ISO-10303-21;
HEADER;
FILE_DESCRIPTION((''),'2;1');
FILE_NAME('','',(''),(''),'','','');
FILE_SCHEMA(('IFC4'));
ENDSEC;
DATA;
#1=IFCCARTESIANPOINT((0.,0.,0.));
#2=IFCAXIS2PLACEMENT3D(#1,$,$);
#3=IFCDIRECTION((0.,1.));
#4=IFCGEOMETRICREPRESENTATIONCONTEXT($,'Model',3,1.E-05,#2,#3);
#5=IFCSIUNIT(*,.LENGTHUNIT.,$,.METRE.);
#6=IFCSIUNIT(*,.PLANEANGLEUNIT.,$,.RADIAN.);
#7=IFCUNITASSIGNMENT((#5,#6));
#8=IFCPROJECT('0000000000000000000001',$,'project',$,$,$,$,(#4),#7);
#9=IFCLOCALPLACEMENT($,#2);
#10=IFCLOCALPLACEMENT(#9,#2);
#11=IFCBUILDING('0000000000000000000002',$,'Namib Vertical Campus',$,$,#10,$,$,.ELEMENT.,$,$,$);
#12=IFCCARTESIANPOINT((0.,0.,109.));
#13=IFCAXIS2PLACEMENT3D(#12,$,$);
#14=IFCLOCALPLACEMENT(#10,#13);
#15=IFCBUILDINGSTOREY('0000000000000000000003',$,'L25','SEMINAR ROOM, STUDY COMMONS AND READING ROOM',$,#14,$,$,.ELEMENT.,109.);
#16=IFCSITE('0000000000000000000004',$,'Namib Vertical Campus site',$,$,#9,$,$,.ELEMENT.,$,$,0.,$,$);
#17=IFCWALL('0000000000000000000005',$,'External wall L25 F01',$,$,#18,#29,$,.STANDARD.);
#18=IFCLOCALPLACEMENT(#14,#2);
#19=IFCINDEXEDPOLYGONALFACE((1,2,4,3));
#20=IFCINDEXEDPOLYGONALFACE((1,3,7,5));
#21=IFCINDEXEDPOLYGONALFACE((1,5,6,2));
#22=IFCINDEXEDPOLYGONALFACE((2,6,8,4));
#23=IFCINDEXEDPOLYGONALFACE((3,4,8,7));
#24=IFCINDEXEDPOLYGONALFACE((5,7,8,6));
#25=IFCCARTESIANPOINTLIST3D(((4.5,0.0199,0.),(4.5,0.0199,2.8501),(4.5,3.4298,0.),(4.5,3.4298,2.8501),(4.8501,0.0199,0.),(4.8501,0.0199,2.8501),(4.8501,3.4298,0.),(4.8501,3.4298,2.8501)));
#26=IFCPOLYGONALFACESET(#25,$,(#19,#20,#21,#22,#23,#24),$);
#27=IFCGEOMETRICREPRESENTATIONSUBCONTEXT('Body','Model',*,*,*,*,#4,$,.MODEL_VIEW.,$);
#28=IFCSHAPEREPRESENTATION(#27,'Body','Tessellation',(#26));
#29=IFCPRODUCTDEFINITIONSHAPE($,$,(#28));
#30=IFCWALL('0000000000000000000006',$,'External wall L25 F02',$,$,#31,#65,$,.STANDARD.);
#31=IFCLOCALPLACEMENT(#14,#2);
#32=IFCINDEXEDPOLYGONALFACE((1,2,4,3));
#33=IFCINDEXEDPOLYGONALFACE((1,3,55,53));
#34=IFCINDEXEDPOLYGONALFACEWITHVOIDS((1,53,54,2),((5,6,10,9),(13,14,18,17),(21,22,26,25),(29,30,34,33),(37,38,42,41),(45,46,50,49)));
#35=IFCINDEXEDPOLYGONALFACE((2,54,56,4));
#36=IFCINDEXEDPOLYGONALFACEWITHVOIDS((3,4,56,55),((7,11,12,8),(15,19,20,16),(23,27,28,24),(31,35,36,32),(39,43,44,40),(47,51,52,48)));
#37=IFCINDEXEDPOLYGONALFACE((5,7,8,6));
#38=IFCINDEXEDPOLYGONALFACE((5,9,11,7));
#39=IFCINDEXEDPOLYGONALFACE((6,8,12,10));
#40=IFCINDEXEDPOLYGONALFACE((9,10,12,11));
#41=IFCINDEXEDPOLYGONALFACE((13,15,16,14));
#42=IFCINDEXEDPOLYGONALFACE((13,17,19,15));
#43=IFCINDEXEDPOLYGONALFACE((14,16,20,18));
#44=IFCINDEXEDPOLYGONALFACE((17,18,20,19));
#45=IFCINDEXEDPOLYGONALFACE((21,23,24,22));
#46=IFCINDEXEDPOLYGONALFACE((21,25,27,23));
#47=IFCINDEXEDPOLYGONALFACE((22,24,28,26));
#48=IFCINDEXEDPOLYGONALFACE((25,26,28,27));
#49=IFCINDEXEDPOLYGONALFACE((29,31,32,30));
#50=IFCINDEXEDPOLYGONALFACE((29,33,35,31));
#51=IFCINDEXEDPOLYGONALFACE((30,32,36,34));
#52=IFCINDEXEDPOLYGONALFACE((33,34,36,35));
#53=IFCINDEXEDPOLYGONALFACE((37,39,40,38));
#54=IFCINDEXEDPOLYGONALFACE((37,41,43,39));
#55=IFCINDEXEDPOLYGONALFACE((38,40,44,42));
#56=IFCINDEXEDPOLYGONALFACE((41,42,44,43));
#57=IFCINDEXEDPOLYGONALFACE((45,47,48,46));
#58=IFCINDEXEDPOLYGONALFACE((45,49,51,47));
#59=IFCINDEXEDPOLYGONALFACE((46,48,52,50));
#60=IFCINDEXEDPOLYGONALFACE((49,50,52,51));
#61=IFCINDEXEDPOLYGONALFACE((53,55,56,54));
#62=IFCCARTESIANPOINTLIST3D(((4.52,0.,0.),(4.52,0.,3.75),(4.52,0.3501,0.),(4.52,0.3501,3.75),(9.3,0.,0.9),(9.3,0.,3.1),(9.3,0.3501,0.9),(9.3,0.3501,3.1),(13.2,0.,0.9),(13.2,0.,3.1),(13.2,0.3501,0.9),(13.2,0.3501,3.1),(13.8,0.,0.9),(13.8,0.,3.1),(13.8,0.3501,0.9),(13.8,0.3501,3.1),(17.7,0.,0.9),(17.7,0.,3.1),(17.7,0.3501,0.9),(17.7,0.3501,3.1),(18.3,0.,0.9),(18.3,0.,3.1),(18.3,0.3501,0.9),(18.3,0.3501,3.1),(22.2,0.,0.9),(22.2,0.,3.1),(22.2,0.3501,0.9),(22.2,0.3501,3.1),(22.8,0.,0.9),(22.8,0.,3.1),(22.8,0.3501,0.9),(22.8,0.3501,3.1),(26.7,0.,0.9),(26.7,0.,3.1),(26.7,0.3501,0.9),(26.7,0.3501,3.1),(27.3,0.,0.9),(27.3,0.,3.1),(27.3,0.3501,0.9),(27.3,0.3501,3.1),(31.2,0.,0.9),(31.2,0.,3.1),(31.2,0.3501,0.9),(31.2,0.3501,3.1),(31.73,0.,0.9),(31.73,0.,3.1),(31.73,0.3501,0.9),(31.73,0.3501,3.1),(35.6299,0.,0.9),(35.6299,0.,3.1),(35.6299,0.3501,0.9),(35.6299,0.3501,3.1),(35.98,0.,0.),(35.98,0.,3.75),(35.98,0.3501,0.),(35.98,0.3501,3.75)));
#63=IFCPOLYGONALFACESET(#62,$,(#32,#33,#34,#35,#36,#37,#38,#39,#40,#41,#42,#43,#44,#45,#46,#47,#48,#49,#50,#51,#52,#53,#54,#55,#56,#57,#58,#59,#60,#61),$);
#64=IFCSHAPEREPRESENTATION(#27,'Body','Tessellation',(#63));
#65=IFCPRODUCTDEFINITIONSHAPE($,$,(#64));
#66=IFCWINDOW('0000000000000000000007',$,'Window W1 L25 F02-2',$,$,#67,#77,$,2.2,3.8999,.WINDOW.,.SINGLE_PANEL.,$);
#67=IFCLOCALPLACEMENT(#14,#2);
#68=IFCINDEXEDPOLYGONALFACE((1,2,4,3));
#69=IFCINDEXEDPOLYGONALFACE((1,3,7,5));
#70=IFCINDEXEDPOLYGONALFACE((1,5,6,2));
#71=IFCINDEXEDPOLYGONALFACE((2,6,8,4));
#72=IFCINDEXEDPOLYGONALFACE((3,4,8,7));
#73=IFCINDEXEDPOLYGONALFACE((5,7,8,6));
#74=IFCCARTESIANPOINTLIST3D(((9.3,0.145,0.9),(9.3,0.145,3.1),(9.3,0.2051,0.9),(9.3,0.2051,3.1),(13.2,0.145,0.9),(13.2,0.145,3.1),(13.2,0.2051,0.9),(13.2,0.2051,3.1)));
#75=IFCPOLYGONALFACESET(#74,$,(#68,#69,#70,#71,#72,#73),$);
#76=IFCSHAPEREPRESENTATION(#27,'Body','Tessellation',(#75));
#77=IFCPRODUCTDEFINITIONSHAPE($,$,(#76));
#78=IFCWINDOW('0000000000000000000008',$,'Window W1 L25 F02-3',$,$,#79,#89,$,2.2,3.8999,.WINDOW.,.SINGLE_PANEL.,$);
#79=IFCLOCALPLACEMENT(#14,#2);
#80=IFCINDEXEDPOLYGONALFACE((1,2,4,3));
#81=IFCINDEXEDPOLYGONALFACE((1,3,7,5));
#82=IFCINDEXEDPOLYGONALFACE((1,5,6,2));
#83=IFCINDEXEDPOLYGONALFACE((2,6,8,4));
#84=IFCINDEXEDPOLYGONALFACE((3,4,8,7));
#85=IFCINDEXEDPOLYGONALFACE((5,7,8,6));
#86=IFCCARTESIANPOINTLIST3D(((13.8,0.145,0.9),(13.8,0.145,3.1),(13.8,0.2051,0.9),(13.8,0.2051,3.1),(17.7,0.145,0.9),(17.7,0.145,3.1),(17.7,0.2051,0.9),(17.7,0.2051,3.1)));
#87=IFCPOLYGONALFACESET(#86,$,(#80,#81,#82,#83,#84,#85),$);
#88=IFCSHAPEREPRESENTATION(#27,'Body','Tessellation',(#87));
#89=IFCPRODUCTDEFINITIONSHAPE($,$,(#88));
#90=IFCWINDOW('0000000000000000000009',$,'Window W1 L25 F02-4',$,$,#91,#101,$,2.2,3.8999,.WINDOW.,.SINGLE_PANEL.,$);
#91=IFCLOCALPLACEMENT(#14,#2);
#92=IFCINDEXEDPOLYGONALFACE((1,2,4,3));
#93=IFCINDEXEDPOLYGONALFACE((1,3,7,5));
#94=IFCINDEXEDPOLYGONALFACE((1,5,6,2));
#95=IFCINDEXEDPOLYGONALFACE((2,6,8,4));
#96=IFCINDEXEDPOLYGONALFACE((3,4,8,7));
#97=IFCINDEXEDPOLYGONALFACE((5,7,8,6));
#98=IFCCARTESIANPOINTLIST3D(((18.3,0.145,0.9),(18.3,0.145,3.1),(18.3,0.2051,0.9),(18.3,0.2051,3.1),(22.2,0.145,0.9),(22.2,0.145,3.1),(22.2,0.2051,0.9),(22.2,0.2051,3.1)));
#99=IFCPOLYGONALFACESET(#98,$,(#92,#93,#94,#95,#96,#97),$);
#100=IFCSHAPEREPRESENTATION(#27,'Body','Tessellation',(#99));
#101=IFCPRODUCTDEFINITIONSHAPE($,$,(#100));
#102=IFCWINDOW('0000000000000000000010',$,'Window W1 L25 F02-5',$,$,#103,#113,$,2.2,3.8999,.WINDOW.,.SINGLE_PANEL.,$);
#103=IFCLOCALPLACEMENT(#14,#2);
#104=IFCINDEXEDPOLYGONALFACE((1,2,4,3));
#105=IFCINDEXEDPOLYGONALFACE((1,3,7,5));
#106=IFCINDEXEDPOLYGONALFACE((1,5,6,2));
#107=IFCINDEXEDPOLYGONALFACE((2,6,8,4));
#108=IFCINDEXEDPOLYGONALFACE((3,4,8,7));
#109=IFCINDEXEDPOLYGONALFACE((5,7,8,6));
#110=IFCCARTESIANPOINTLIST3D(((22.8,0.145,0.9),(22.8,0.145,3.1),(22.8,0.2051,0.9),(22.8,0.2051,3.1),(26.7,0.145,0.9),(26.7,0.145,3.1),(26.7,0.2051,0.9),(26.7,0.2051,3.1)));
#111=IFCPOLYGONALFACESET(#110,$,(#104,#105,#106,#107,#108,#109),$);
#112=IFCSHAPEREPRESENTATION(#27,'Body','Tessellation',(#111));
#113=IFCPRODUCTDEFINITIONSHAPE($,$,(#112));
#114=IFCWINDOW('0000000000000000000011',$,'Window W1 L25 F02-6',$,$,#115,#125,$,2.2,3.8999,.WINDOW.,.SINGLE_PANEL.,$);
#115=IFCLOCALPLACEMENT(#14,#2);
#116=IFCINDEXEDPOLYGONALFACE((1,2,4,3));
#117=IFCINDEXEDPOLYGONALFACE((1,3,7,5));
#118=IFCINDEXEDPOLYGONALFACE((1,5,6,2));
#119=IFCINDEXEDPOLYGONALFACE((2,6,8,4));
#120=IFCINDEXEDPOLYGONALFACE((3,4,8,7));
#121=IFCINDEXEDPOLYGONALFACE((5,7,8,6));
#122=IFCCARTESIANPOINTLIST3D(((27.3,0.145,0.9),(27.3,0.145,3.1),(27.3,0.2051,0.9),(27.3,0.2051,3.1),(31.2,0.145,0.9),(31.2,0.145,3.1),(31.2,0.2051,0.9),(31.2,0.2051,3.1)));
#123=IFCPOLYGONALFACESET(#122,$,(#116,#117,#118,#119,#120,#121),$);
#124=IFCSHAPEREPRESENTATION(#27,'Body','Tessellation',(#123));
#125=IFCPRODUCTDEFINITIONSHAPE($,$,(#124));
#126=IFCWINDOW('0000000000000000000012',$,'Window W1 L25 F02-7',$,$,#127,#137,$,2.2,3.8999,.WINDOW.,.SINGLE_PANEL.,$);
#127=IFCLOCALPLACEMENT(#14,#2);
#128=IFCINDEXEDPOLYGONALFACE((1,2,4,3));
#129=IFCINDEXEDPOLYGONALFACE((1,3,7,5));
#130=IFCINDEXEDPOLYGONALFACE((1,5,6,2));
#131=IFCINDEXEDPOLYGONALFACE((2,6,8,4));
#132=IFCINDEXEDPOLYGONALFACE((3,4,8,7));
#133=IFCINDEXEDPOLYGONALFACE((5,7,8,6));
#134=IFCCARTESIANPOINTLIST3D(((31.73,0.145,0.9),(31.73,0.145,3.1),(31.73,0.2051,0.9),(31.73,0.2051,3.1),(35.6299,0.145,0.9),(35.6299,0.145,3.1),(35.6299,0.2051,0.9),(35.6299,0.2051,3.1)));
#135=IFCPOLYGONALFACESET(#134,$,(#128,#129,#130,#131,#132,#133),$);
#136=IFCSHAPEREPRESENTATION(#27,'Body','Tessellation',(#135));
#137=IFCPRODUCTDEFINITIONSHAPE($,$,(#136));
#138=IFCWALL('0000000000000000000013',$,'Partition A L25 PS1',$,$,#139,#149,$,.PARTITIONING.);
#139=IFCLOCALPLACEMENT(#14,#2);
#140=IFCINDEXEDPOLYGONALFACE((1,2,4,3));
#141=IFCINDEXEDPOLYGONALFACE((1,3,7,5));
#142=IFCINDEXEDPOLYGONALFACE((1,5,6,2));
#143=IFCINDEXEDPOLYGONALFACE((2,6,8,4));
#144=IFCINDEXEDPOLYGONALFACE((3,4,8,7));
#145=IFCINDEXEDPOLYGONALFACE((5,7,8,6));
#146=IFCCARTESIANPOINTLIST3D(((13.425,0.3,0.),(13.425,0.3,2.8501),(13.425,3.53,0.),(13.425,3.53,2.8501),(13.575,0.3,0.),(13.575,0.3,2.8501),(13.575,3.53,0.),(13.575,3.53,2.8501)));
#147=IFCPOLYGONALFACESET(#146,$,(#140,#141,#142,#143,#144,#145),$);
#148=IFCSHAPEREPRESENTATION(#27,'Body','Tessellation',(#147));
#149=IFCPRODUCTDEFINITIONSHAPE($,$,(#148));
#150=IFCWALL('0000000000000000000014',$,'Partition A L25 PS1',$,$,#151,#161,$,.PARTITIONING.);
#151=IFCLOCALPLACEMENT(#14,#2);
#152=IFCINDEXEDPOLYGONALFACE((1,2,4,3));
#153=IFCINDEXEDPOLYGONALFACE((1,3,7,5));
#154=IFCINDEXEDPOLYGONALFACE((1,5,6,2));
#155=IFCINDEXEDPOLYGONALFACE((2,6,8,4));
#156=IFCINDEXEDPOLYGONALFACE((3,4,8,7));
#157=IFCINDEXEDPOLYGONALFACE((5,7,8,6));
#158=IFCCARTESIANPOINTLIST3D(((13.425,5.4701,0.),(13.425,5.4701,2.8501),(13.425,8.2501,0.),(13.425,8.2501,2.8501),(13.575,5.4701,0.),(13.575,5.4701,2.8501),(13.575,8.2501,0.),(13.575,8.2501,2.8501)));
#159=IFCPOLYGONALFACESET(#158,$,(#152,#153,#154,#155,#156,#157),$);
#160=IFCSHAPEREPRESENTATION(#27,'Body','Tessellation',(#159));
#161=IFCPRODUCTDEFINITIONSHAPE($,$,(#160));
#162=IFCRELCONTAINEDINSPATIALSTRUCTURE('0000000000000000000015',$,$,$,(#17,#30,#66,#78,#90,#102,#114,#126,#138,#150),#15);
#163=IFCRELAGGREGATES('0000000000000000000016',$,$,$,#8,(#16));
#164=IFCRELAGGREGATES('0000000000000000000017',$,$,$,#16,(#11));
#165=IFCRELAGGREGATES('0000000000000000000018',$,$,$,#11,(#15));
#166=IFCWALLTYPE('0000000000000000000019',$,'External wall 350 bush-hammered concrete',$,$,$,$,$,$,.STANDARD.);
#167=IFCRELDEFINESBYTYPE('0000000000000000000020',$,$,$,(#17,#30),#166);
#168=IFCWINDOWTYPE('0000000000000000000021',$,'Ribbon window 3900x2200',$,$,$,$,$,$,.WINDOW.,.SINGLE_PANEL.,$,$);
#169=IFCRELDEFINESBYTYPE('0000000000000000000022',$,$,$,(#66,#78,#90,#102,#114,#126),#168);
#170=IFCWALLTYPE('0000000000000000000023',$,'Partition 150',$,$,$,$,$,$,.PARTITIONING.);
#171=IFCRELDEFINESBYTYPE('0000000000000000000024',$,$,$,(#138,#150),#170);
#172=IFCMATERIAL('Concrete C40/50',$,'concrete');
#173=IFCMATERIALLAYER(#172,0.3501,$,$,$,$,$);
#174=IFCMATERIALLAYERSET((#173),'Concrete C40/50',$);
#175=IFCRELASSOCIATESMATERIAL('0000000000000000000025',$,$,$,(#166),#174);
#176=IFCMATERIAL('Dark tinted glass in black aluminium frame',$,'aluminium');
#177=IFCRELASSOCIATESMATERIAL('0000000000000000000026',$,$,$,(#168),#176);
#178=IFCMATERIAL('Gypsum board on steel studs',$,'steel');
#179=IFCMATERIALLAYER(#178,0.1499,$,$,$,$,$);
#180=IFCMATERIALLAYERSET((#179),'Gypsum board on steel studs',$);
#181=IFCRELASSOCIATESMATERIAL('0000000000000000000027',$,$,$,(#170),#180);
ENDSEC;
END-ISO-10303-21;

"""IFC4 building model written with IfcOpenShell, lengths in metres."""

from ifc_helpers import new_model, si_unit, direction, frame, frame_2d, origin, place, context, subcontext, project, spatial, rectangle, extrude, material, layer, layer_set, type_object, element, fill, save


model = new_model("IFC4")

# Units and contexts
model_context = context("Model", 3, precision=1e-05, world=origin(), true_north=direction((0.0, 1.0)))
body_context = subcontext(model_context, "Body", "Model", "MODEL_VIEW")
ifc_project = project(units=[si_unit("LENGTHUNIT", "METRE"), si_unit("PLANEANGLEUNIT", "RADIAN")], contexts=[model_context])

# Site, building, storey
site_placement = place(None, origin())
site = spatial("IfcSite", under=ifc_project, at=site_placement, Name="Namib Vertical Campus site", CompositionType="ELEMENT", RefElevation=0.0)
building_placement = place(site_placement, origin())
building = spatial("IfcBuilding", under=site, at=building_placement, Name="Namib Vertical Campus", CompositionType="ELEMENT")
storey_placement = place(building_placement, frame((0.0, 0.0, 109.0)))
storey = spatial("IfcBuildingStorey", under=building, at=storey_placement, Name="L25", Description="SEMINAR ROOM, STUDY COMMONS AND READING ROOM", CompositionType="ELEMENT", Elevation=109.0)

# Wall
ifc_material_1 = material(Name="Concrete C40/50", Category="concrete")
ifc_layer_1 = layer(ifc_material_1, 0.3501)
ifc_layer_set_1 = layer_set([ifc_layer_1], Name="Concrete C40/50")
wall_type_1 = type_object("IfcWallType", Name="External wall 350 bush-hammered concrete", PredefinedType="STANDARD", material=ifc_layer_set_1)
wall_1_placement = place(storey_placement, frame((4.675, 3.4299, 0.0), z_axis=(0.0, 0.0, 1.0), x_axis=(0.0, -1.0, 0.0)))
element("IfcWall", 1, at=wall_1_placement, inside=storey, type_object=wall_type_1, Name="External wall L25 F01", PredefinedType="STANDARD", context=body_context, shape_type="SweptSolid", body=[
    extrude(rectangle(XDim=3.4099, YDim=0.3501, at=frame_2d((1.7051, 0.0))), origin(), (0.0, 0.0, 1.0), 2.8501),
])

# Wall, openings, windows
wall_2_placement = place(storey_placement, frame((4.52, 0.175, 0.0), z_axis=(0.0, 0.0, 1.0), x_axis=(1.0, 0.0, 0.0)))
wall_2 = element("IfcWall", 2, at=wall_2_placement, inside=storey, type_object=wall_type_1, Name="External wall L25 F02", PredefinedType="STANDARD", context=body_context, shape_type="SweptSolid", body=[
    extrude(rectangle(XDim=31.46, YDim=0.3501, at=frame_2d((15.73, 0.0))), origin(), (0.0, 0.0, 1.0), 3.75),
])
opening_1_placement = place(wall_2_placement, frame((4.78, 0.0, 0.8999)))
opening_1 = element("IfcOpeningElement", 3, at=opening_1_placement, cuts=wall_2, PredefinedType="OPENING", context=body_context, shape_type="SweptSolid", body=[
    extrude(rectangle(XDim=3.8999, YDim=2.2, at=frame_2d((1.95, 1.1001))), frame((0.0, 0.1851, 0.0), z_axis=(0.0, -1.0, 0.0), x_axis=(1.0, 0.0, 0.0)), (0.0, 0.0, 1.0), 0.3701),
])
opening_2_placement = place(wall_2_placement, frame((9.28, 0.0, 0.8999)))
opening_2 = element("IfcOpeningElement", 4, at=opening_2_placement, cuts=wall_2, PredefinedType="OPENING", context=body_context, shape_type="SweptSolid", body=[
    extrude(rectangle(XDim=3.8999, YDim=2.2, at=frame_2d((1.95, 1.1001))), frame((0.0, 0.1851, 0.0), z_axis=(0.0, -1.0, 0.0), x_axis=(1.0, 0.0, 0.0)), (0.0, 0.0, 1.0), 0.3701),
])
opening_3_placement = place(wall_2_placement, frame((13.78, 0.0, 0.8999)))
opening_3 = element("IfcOpeningElement", 5, at=opening_3_placement, cuts=wall_2, PredefinedType="OPENING", context=body_context, shape_type="SweptSolid", body=[
    extrude(rectangle(XDim=3.8999, YDim=2.2, at=frame_2d((1.95, 1.1001))), frame((0.0, 0.1851, 0.0), z_axis=(0.0, -1.0, 0.0), x_axis=(1.0, 0.0, 0.0)), (0.0, 0.0, 1.0), 0.3701),
])
opening_4_placement = place(wall_2_placement, frame((18.28, 0.0, 0.8999)))
opening_4 = element("IfcOpeningElement", 6, at=opening_4_placement, cuts=wall_2, PredefinedType="OPENING", context=body_context, shape_type="SweptSolid", body=[
    extrude(rectangle(XDim=3.8999, YDim=2.2, at=frame_2d((1.95, 1.1001))), frame((0.0, 0.1851, 0.0), z_axis=(0.0, -1.0, 0.0), x_axis=(1.0, 0.0, 0.0)), (0.0, 0.0, 1.0), 0.3701),
])
opening_5_placement = place(wall_2_placement, frame((22.78, 0.0, 0.8999)))
opening_5 = element("IfcOpeningElement", 7, at=opening_5_placement, cuts=wall_2, PredefinedType="OPENING", context=body_context, shape_type="SweptSolid", body=[
    extrude(rectangle(XDim=3.8999, YDim=2.2, at=frame_2d((1.95, 1.1001))), frame((0.0, 0.1851, 0.0), z_axis=(0.0, -1.0, 0.0), x_axis=(1.0, 0.0, 0.0)), (0.0, 0.0, 1.0), 0.3701),
])
opening_6_placement = place(wall_2_placement, frame((27.21, 0.0, 0.8999)))
opening_6 = element("IfcOpeningElement", 8, at=opening_6_placement, cuts=wall_2, PredefinedType="OPENING", context=body_context, shape_type="SweptSolid", body=[
    extrude(rectangle(XDim=3.8999, YDim=2.2, at=frame_2d((1.95, 1.1001))), frame((0.0, 0.1851, 0.0), z_axis=(0.0, -1.0, 0.0), x_axis=(1.0, 0.0, 0.0)), (0.0, 0.0, 1.0), 0.3701),
])
ifc_material_2 = material(Name="Dark tinted glass in black aluminium frame", Category="aluminium")
window_type = type_object("IfcWindowType", Name="Ribbon window 3900x2200", PartitioningType="SINGLE_PANEL", PredefinedType="WINDOW", material=ifc_material_2)
window_1_placement = place(opening_1_placement, origin())
window_1 = element("IfcWindow", 9, at=window_1_placement, inside=storey, type_object=window_type, Name="Window W1 L25 F02-2", OverallHeight=2.2, OverallWidth=3.8999, PartitioningType="SINGLE_PANEL", PredefinedType="WINDOW", context=body_context, shape_type="SweptSolid", body=[
    extrude(rectangle(XDim=3.8999, YDim=2.2, at=frame_2d((1.95, 1.1001))), frame((0.0, 0.03, 0.0), z_axis=(0.0, -1.0, 0.0), x_axis=(1.0, 0.0, 0.0)), (0.0, 0.0, 1.0), 0.0601),
])
fill(opening_1, window_1)
window_2_placement = place(opening_2_placement, origin())
window_2 = element("IfcWindow", 10, at=window_2_placement, inside=storey, type_object=window_type, Name="Window W1 L25 F02-3", OverallHeight=2.2, OverallWidth=3.8999, PartitioningType="SINGLE_PANEL", PredefinedType="WINDOW", context=body_context, shape_type="SweptSolid", body=[
    extrude(rectangle(XDim=3.8999, YDim=2.2, at=frame_2d((1.95, 1.1001))), frame((0.0, 0.03, 0.0), z_axis=(0.0, -1.0, 0.0), x_axis=(1.0, 0.0, 0.0)), (0.0, 0.0, 1.0), 0.0601),
])
fill(opening_2, window_2)
window_3_placement = place(opening_3_placement, origin())
window_3 = element("IfcWindow", 11, at=window_3_placement, inside=storey, type_object=window_type, Name="Window W1 L25 F02-4", OverallHeight=2.2, OverallWidth=3.8999, PartitioningType="SINGLE_PANEL", PredefinedType="WINDOW", context=body_context, shape_type="SweptSolid", body=[
    extrude(rectangle(XDim=3.8999, YDim=2.2, at=frame_2d((1.95, 1.1001))), frame((0.0, 0.03, 0.0), z_axis=(0.0, -1.0, 0.0), x_axis=(1.0, 0.0, 0.0)), (0.0, 0.0, 1.0), 0.0601),
])
fill(opening_3, window_3)
window_4_placement = place(opening_4_placement, origin())
window_4 = element("IfcWindow", 12, at=window_4_placement, inside=storey, type_object=window_type, Name="Window W1 L25 F02-5", OverallHeight=2.2, OverallWidth=3.8999, PartitioningType="SINGLE_PANEL", PredefinedType="WINDOW", context=body_context, shape_type="SweptSolid", body=[
    extrude(rectangle(XDim=3.8999, YDim=2.2, at=frame_2d((1.95, 1.1001))), frame((0.0, 0.03, 0.0), z_axis=(0.0, -1.0, 0.0), x_axis=(1.0, 0.0, 0.0)), (0.0, 0.0, 1.0), 0.0601),
])
fill(opening_4, window_4)
window_5_placement = place(opening_5_placement, origin())
window_5 = element("IfcWindow", 13, at=window_5_placement, inside=storey, type_object=window_type, Name="Window W1 L25 F02-6", OverallHeight=2.2, OverallWidth=3.8999, PartitioningType="SINGLE_PANEL", PredefinedType="WINDOW", context=body_context, shape_type="SweptSolid", body=[
    extrude(rectangle(XDim=3.8999, YDim=2.2, at=frame_2d((1.95, 1.1001))), frame((0.0, 0.03, 0.0), z_axis=(0.0, -1.0, 0.0), x_axis=(1.0, 0.0, 0.0)), (0.0, 0.0, 1.0), 0.0601),
])
fill(opening_5, window_5)
window_6_placement = place(opening_6_placement, origin())
window_6 = element("IfcWindow", 14, at=window_6_placement, inside=storey, type_object=window_type, Name="Window W1 L25 F02-7", OverallHeight=2.2, OverallWidth=3.8999, PartitioningType="SINGLE_PANEL", PredefinedType="WINDOW", context=body_context, shape_type="SweptSolid", body=[
    extrude(rectangle(XDim=3.8999, YDim=2.2, at=frame_2d((1.95, 1.1001))), frame((0.0, 0.03, 0.0), z_axis=(0.0, -1.0, 0.0), x_axis=(1.0, 0.0, 0.0)), (0.0, 0.0, 1.0), 0.0601),
])
fill(opening_6, window_6)

# Walls
ifc_material_3 = material(Name="Gypsum board on steel studs", Category="steel")
ifc_layer_2 = layer(ifc_material_3, 0.1499)
ifc_layer_set_2 = layer_set([ifc_layer_2], Name="Gypsum board on steel studs")
wall_type_2 = type_object("IfcWallType", Name="Partition 150", PredefinedType="PARTITIONING", material=ifc_layer_set_2)
wall_3_placement = place(storey_placement, frame((13.5, 0.3, 0.0), z_axis=(0.0, 0.0, 1.0), x_axis=(0.0, 1.0, 0.0)))
element("IfcWall", 15, at=wall_3_placement, inside=storey, type_object=wall_type_2, Name="Partition A L25 PS1", PredefinedType="PARTITIONING", context=body_context, shape_type="SweptSolid", body=[
    extrude(rectangle(XDim=3.23, YDim=0.1499, at=frame_2d((1.615, 0.0))), origin(), (0.0, 0.0, 1.0), 2.8501),
])
wall_4_placement = place(storey_placement, frame((13.5, 5.47, 0.0), z_axis=(0.0, 0.0, 1.0), x_axis=(0.0, 1.0, 0.0)))
element("IfcWall", 16, at=wall_4_placement, inside=storey, type_object=wall_type_2, Name="Partition A L25 PS1", PredefinedType="PARTITIONING", context=body_context, shape_type="SweptSolid", body=[
    extrude(rectangle(XDim=2.78, YDim=0.1499, at=frame_2d((1.3901, 0.0))), origin(), (0.0, 0.0, 1.0), 2.8501),
])

save(model, "model.ifc")
